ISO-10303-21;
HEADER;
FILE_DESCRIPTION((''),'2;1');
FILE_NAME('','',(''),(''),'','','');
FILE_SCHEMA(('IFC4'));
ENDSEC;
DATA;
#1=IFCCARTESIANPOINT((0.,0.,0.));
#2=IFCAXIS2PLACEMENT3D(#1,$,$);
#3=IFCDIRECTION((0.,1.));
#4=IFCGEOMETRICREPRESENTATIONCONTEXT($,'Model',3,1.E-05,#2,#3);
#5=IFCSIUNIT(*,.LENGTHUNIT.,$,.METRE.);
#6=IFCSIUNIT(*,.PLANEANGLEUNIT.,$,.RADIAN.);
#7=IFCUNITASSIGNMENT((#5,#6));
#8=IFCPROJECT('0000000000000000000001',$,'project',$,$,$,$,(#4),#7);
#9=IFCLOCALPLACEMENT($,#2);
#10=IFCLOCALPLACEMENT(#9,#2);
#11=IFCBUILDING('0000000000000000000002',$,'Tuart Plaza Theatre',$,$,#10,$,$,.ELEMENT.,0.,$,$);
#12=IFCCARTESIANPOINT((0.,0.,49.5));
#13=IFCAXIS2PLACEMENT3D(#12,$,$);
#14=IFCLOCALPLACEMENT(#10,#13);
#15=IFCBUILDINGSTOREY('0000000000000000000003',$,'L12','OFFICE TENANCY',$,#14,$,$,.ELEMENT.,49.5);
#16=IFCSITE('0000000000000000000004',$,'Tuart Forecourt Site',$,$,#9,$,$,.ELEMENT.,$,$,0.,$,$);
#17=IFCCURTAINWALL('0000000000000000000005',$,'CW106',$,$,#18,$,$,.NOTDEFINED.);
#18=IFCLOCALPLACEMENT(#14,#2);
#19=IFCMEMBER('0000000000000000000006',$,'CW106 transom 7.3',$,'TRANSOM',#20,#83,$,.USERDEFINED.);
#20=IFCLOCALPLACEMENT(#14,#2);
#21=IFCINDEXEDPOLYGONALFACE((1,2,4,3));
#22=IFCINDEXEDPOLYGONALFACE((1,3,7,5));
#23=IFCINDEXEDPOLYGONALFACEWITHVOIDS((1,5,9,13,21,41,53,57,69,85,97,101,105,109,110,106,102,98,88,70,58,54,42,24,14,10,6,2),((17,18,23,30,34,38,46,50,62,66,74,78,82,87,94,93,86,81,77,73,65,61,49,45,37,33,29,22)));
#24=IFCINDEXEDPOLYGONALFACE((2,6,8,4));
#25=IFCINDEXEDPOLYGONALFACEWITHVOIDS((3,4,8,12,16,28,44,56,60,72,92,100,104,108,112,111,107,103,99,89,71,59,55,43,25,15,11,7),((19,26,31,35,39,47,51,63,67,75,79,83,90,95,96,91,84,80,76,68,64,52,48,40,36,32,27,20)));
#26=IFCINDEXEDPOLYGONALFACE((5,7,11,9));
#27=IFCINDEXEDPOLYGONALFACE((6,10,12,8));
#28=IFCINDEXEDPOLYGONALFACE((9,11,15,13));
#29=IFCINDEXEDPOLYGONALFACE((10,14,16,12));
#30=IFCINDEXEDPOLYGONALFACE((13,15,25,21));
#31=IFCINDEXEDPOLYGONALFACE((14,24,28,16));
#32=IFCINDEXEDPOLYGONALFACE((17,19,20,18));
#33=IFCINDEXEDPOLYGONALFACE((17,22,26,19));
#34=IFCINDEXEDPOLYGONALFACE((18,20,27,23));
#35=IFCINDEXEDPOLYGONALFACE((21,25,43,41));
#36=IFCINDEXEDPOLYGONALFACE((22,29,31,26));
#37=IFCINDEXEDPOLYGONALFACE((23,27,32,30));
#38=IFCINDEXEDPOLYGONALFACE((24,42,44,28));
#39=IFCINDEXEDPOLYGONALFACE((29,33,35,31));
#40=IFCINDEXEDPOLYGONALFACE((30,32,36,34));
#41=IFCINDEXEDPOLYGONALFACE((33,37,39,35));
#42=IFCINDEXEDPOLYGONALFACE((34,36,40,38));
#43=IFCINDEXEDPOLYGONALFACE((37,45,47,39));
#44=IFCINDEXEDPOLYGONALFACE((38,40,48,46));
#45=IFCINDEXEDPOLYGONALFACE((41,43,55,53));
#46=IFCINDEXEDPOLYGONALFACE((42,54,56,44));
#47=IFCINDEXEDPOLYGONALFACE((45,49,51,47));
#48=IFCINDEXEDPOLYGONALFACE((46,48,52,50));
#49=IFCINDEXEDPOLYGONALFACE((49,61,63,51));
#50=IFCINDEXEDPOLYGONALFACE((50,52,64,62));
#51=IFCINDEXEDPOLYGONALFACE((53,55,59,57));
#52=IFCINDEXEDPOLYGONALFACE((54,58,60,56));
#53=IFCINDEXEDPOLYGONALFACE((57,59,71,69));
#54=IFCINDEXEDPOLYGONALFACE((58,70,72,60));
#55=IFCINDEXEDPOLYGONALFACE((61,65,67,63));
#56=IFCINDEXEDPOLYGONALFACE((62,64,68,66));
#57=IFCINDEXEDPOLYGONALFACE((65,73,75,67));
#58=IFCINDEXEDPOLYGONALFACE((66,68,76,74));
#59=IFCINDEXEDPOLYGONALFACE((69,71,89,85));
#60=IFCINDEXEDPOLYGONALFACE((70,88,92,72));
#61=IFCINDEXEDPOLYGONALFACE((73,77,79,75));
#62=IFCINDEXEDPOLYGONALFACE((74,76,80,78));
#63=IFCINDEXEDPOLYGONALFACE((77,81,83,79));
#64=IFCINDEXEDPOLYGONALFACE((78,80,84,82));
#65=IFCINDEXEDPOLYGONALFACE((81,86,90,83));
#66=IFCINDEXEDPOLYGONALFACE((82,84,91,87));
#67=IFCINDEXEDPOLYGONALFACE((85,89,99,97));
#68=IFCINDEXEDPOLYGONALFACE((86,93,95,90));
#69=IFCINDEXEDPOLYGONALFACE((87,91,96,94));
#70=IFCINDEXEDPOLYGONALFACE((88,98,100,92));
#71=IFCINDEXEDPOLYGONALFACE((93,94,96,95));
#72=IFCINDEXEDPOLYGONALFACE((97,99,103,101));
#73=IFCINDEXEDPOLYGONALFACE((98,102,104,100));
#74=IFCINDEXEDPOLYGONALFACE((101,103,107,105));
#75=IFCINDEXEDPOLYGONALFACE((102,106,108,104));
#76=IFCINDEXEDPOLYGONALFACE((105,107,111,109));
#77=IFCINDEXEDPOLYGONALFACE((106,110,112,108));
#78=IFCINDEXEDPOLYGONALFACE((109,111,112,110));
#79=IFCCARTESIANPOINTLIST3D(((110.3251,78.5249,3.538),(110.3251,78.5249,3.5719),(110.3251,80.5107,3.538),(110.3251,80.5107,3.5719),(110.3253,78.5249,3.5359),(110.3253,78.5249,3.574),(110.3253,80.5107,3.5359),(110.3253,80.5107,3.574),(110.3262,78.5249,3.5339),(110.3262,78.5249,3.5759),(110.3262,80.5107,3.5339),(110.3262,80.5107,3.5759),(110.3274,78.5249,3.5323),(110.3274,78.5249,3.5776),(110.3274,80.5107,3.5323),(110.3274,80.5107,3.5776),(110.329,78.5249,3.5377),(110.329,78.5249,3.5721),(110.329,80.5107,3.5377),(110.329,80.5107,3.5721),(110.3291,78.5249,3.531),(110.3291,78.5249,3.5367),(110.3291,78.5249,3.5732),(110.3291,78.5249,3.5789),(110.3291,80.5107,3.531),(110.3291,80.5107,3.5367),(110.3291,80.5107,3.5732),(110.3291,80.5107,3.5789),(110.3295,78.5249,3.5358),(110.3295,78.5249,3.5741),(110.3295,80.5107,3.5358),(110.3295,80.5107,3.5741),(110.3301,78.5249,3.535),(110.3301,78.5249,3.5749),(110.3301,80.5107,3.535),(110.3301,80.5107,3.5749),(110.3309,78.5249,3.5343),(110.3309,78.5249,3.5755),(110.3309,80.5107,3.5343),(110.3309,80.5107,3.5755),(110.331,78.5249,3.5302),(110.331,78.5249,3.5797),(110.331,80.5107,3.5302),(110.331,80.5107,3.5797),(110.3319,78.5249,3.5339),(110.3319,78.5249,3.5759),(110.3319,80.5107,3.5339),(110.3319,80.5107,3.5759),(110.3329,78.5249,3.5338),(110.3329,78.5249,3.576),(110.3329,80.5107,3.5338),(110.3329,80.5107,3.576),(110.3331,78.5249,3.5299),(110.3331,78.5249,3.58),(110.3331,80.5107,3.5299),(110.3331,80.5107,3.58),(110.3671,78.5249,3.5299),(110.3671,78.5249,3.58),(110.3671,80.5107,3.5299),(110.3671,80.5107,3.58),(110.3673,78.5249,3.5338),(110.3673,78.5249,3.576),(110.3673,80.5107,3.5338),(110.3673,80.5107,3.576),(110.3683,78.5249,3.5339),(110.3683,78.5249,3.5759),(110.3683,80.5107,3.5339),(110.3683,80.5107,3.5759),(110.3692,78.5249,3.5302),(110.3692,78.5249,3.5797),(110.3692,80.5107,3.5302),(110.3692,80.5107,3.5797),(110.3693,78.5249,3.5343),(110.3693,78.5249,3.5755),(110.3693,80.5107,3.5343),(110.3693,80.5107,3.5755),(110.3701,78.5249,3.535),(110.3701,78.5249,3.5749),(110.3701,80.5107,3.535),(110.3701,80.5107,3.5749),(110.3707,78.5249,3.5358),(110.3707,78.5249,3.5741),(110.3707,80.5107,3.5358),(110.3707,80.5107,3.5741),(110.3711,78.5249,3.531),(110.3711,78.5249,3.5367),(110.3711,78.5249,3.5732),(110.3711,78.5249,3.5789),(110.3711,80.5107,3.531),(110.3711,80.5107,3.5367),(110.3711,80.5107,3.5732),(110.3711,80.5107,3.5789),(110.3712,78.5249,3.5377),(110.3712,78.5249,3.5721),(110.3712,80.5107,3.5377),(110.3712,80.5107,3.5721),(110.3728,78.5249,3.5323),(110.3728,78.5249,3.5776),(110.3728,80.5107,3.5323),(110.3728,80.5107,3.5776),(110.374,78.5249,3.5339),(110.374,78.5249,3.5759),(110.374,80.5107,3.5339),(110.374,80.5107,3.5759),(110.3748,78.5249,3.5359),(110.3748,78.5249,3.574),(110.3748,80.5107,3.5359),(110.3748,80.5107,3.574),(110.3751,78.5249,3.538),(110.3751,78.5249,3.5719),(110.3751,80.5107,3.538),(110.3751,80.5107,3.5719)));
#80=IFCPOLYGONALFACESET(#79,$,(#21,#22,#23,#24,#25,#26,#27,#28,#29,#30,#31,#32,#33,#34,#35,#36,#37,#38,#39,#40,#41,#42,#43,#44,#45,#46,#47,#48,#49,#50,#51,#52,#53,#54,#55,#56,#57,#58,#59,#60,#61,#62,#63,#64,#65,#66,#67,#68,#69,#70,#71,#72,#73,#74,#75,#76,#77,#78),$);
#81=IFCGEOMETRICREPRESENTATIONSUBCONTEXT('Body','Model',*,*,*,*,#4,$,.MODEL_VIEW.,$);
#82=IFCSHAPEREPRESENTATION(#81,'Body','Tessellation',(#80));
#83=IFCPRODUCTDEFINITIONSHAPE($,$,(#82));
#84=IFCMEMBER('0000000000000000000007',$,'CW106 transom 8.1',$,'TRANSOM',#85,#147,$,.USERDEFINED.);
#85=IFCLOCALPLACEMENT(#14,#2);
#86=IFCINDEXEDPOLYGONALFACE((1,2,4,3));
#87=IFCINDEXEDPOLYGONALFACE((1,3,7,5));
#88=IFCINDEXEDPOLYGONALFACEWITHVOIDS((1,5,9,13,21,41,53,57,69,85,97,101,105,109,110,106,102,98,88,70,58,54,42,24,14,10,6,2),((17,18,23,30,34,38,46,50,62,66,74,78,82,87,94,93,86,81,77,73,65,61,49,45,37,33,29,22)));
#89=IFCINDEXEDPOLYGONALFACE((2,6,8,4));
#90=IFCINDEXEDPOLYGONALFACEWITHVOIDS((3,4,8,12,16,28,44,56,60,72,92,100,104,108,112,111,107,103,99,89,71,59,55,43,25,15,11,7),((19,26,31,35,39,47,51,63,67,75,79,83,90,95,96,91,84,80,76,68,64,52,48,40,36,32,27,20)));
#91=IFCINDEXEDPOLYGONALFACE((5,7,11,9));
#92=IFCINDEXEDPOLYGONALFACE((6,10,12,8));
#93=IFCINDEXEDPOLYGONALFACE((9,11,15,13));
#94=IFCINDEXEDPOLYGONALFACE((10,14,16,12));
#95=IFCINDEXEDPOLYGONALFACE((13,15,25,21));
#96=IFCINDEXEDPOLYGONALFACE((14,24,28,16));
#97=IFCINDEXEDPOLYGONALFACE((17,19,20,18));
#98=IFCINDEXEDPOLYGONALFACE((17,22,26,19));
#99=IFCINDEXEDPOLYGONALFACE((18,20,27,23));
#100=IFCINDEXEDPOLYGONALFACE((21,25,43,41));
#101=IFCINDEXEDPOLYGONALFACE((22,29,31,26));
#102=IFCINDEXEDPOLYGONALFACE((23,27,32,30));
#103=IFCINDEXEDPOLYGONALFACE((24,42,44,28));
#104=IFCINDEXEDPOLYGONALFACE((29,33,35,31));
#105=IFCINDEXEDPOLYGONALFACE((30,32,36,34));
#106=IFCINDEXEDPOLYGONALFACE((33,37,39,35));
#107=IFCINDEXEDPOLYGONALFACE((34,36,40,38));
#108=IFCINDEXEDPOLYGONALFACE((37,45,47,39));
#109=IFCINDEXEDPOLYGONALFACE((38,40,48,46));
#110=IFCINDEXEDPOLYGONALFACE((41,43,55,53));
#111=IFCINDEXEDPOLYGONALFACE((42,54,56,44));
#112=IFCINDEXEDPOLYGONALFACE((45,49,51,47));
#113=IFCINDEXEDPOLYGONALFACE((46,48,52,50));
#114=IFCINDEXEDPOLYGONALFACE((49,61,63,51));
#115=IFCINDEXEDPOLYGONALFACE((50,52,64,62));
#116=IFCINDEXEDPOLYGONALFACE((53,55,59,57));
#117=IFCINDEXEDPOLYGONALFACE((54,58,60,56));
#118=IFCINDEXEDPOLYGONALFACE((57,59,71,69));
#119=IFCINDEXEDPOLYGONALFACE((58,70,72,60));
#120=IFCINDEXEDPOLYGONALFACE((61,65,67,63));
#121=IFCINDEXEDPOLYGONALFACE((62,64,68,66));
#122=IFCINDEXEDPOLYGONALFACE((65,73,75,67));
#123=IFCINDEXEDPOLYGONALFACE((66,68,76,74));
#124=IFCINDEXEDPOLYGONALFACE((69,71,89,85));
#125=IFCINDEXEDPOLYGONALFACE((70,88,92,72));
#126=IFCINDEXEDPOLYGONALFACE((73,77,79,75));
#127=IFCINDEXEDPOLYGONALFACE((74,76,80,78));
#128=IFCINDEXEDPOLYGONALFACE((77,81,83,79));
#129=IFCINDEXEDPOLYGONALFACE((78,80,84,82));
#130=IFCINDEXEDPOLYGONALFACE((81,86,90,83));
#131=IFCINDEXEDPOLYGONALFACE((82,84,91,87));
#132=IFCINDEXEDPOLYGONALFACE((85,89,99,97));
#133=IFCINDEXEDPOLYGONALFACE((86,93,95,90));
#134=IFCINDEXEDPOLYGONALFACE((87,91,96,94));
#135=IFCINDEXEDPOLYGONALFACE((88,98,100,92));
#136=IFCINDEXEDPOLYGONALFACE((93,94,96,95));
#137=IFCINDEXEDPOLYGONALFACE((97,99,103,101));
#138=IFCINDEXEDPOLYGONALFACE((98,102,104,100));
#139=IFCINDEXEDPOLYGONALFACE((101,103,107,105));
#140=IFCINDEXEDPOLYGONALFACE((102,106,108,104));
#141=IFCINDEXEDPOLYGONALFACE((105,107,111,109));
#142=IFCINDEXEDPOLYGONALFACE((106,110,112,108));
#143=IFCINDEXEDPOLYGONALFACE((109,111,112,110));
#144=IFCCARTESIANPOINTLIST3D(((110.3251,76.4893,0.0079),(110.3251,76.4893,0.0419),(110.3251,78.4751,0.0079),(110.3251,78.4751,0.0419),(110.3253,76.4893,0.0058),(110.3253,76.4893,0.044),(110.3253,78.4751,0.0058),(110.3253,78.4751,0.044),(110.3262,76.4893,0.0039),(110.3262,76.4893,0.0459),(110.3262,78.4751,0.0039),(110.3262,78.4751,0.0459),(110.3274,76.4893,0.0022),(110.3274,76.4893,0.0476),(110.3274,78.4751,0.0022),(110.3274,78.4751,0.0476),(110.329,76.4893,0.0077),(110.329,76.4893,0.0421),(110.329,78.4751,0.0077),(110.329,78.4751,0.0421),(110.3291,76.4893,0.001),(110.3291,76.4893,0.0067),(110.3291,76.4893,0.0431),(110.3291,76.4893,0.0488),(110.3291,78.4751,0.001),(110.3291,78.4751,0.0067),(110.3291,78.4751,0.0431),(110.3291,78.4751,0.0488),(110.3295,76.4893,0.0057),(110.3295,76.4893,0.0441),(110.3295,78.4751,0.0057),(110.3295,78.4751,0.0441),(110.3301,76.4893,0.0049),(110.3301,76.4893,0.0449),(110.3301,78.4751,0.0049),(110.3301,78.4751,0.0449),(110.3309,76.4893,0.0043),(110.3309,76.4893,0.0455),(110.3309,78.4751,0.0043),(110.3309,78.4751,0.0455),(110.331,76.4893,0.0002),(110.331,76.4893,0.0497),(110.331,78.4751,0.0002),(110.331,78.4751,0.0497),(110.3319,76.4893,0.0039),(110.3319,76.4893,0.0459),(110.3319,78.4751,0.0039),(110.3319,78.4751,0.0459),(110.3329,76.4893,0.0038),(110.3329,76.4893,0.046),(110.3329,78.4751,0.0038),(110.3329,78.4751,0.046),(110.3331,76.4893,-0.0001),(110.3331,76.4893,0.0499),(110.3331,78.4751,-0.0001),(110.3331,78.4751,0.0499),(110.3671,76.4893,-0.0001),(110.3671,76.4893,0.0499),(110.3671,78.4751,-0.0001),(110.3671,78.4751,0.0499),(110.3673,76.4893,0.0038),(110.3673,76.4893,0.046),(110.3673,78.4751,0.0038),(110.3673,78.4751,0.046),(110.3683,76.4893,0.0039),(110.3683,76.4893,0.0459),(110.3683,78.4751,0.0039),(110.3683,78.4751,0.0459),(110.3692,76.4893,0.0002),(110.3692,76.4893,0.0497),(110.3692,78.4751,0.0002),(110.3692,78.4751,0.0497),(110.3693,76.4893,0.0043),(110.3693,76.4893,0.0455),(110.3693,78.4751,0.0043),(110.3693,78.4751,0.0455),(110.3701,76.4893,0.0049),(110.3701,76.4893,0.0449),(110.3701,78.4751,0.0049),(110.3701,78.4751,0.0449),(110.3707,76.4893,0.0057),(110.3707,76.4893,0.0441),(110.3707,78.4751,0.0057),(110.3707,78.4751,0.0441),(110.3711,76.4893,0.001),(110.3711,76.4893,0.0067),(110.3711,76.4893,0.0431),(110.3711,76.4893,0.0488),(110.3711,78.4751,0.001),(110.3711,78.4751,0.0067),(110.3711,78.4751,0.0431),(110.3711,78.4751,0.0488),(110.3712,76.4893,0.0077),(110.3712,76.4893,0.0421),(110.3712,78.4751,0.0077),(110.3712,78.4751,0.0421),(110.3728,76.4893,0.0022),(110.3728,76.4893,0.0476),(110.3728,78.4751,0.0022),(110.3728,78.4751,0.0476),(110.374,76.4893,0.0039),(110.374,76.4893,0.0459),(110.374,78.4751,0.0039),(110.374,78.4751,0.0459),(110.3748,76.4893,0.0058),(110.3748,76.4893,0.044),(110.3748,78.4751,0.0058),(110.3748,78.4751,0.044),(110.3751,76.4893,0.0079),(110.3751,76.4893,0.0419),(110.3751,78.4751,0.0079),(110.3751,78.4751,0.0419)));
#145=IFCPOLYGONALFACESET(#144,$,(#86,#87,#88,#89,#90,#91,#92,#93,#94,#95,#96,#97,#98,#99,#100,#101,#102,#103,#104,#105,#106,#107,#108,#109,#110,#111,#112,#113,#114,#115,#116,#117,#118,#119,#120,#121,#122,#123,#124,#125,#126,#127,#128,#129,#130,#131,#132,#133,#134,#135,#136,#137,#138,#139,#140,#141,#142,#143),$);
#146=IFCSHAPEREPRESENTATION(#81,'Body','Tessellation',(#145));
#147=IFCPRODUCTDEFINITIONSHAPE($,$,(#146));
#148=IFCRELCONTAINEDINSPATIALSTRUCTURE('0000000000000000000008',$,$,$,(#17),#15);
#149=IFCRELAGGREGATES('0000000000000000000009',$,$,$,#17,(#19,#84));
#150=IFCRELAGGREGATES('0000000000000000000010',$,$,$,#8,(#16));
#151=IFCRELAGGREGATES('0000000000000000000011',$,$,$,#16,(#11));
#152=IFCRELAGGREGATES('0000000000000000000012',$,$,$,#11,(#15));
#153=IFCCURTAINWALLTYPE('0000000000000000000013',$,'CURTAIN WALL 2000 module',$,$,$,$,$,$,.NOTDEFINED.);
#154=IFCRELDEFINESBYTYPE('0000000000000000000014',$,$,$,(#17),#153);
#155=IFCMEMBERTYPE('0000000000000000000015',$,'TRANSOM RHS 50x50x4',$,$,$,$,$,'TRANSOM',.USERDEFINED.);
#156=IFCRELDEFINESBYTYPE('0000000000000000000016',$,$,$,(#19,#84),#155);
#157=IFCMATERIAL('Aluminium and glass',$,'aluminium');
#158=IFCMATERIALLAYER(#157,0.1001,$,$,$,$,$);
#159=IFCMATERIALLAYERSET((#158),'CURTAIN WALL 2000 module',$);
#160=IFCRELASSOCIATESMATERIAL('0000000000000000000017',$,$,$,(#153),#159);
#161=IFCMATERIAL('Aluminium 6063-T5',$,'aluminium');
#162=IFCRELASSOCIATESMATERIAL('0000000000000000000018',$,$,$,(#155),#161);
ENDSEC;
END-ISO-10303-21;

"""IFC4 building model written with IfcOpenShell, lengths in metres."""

from ifc_helpers import new_model, si_unit, direction, frame, origin, origin_2d, place, context, subcontext, project, spatial, hollow_rectangle, extrude, material, layer, layer_set, material_profile, profile_set, type_object, element, aggregate, save


model = new_model("IFC4")

# Units and contexts
model_context = context("Model", 3, precision=1e-05, world=origin(), true_north=direction((0.0, 1.0)))
body_context = subcontext(model_context, "Body", "Model", "MODEL_VIEW")
ifc_project = project(units=[si_unit("LENGTHUNIT", "METRE"), si_unit("PLANEANGLEUNIT", "RADIAN")], contexts=[model_context])

# Site, building, storey
site_placement = place(None, origin())
site = spatial("IfcSite", under=ifc_project, at=site_placement, Name="Tuart Forecourt Site", CompositionType="ELEMENT", RefElevation=0.0)
building_placement = place(site_placement, origin())
building = spatial("IfcBuilding", under=site, at=building_placement, Name="Tuart Plaza Theatre", CompositionType="ELEMENT", ElevationOfRefHeight=0.0)
storey_placement = place(building_placement, frame((0.0, 0.0, 49.5)))
storey = spatial("IfcBuildingStorey", under=building, at=storey_placement, Name="L12", Description="OFFICE TENANCY", CompositionType="ELEMENT", Elevation=49.5)

# Curtain wall, members
ifc_material_1 = material(Name="Aluminium and glass", Category="aluminium")
ifc_layer_1 = layer(ifc_material_1, 0.1001)
ifc_layer_set_1 = layer_set([ifc_layer_1], Name="CURTAIN WALL 2000 module")
curtain_wall_type = type_object("IfcCurtainWallType", Name="CURTAIN WALL 2000 module", PredefinedType="NOTDEFINED", material=ifc_layer_set_1)
curtain_wall_placement = place(storey_placement, origin())
curtain_wall = element("IfcCurtainWall", 1, at=curtain_wall_placement, inside=storey, type_object=curtain_wall_type, Name="CW106", PredefinedType="NOTDEFINED")
ifc_material_2 = material(Name="Aluminium 6063-T5", Category="aluminium")
ifc_material_profile = material_profile(ifc_material_2, hollow_rectangle(XDim=0.05, YDim=0.05, WallThickness=0.0039, InnerFilletRadius=0.0039, OuterFilletRadius=0.0081, at=origin_2d()), Name="RHS 50x50x4")
ifc_profile_set = profile_set([ifc_material_profile], Name="Aluminium 6063-T5")
member_type = type_object("IfcMemberType", Name="TRANSOM RHS 50x50x4", ElementType="TRANSOM", PredefinedType="USERDEFINED", material=ifc_profile_set)
member_1_placement = place(storey_placement, frame((110.3501, 80.5107, 3.5549), z_axis=(0.0, -1.0, 0.0), x_axis=(1.0, 0.0, 0.0)))
member_1 = element("IfcMember", 2, at=member_1_placement, type_object=member_type, Name="CW106 transom 7.3", ObjectType="TRANSOM", PredefinedType="USERDEFINED", context=body_context, shape_type="SweptSolid", body=[
    extrude(hollow_rectangle(XDim=0.05, YDim=0.05, WallThickness=0.0039, InnerFilletRadius=0.0039, OuterFilletRadius=0.0081, at=origin_2d()), origin(), (0.0, 0.0, 1.0), 1.9858),
])
member_2_placement = place(storey_placement, frame((110.3501, 78.4751, 0.0249), z_axis=(0.0, -1.0, 0.0), x_axis=(1.0, 0.0, 0.0)))
member_2 = element("IfcMember", 3, at=member_2_placement, type_object=member_type, Name="CW106 transom 8.1", ObjectType="TRANSOM", PredefinedType="USERDEFINED", context=body_context, shape_type="SweptSolid", body=[
    extrude(hollow_rectangle(XDim=0.05, YDim=0.05, WallThickness=0.0039, InnerFilletRadius=0.0039, OuterFilletRadius=0.0081, at=origin_2d()), origin(), (0.0, 0.0, 1.0), 1.9858),
])
aggregate(curtain_wall, [member_1, member_2])

save(model, "model.ifc")
